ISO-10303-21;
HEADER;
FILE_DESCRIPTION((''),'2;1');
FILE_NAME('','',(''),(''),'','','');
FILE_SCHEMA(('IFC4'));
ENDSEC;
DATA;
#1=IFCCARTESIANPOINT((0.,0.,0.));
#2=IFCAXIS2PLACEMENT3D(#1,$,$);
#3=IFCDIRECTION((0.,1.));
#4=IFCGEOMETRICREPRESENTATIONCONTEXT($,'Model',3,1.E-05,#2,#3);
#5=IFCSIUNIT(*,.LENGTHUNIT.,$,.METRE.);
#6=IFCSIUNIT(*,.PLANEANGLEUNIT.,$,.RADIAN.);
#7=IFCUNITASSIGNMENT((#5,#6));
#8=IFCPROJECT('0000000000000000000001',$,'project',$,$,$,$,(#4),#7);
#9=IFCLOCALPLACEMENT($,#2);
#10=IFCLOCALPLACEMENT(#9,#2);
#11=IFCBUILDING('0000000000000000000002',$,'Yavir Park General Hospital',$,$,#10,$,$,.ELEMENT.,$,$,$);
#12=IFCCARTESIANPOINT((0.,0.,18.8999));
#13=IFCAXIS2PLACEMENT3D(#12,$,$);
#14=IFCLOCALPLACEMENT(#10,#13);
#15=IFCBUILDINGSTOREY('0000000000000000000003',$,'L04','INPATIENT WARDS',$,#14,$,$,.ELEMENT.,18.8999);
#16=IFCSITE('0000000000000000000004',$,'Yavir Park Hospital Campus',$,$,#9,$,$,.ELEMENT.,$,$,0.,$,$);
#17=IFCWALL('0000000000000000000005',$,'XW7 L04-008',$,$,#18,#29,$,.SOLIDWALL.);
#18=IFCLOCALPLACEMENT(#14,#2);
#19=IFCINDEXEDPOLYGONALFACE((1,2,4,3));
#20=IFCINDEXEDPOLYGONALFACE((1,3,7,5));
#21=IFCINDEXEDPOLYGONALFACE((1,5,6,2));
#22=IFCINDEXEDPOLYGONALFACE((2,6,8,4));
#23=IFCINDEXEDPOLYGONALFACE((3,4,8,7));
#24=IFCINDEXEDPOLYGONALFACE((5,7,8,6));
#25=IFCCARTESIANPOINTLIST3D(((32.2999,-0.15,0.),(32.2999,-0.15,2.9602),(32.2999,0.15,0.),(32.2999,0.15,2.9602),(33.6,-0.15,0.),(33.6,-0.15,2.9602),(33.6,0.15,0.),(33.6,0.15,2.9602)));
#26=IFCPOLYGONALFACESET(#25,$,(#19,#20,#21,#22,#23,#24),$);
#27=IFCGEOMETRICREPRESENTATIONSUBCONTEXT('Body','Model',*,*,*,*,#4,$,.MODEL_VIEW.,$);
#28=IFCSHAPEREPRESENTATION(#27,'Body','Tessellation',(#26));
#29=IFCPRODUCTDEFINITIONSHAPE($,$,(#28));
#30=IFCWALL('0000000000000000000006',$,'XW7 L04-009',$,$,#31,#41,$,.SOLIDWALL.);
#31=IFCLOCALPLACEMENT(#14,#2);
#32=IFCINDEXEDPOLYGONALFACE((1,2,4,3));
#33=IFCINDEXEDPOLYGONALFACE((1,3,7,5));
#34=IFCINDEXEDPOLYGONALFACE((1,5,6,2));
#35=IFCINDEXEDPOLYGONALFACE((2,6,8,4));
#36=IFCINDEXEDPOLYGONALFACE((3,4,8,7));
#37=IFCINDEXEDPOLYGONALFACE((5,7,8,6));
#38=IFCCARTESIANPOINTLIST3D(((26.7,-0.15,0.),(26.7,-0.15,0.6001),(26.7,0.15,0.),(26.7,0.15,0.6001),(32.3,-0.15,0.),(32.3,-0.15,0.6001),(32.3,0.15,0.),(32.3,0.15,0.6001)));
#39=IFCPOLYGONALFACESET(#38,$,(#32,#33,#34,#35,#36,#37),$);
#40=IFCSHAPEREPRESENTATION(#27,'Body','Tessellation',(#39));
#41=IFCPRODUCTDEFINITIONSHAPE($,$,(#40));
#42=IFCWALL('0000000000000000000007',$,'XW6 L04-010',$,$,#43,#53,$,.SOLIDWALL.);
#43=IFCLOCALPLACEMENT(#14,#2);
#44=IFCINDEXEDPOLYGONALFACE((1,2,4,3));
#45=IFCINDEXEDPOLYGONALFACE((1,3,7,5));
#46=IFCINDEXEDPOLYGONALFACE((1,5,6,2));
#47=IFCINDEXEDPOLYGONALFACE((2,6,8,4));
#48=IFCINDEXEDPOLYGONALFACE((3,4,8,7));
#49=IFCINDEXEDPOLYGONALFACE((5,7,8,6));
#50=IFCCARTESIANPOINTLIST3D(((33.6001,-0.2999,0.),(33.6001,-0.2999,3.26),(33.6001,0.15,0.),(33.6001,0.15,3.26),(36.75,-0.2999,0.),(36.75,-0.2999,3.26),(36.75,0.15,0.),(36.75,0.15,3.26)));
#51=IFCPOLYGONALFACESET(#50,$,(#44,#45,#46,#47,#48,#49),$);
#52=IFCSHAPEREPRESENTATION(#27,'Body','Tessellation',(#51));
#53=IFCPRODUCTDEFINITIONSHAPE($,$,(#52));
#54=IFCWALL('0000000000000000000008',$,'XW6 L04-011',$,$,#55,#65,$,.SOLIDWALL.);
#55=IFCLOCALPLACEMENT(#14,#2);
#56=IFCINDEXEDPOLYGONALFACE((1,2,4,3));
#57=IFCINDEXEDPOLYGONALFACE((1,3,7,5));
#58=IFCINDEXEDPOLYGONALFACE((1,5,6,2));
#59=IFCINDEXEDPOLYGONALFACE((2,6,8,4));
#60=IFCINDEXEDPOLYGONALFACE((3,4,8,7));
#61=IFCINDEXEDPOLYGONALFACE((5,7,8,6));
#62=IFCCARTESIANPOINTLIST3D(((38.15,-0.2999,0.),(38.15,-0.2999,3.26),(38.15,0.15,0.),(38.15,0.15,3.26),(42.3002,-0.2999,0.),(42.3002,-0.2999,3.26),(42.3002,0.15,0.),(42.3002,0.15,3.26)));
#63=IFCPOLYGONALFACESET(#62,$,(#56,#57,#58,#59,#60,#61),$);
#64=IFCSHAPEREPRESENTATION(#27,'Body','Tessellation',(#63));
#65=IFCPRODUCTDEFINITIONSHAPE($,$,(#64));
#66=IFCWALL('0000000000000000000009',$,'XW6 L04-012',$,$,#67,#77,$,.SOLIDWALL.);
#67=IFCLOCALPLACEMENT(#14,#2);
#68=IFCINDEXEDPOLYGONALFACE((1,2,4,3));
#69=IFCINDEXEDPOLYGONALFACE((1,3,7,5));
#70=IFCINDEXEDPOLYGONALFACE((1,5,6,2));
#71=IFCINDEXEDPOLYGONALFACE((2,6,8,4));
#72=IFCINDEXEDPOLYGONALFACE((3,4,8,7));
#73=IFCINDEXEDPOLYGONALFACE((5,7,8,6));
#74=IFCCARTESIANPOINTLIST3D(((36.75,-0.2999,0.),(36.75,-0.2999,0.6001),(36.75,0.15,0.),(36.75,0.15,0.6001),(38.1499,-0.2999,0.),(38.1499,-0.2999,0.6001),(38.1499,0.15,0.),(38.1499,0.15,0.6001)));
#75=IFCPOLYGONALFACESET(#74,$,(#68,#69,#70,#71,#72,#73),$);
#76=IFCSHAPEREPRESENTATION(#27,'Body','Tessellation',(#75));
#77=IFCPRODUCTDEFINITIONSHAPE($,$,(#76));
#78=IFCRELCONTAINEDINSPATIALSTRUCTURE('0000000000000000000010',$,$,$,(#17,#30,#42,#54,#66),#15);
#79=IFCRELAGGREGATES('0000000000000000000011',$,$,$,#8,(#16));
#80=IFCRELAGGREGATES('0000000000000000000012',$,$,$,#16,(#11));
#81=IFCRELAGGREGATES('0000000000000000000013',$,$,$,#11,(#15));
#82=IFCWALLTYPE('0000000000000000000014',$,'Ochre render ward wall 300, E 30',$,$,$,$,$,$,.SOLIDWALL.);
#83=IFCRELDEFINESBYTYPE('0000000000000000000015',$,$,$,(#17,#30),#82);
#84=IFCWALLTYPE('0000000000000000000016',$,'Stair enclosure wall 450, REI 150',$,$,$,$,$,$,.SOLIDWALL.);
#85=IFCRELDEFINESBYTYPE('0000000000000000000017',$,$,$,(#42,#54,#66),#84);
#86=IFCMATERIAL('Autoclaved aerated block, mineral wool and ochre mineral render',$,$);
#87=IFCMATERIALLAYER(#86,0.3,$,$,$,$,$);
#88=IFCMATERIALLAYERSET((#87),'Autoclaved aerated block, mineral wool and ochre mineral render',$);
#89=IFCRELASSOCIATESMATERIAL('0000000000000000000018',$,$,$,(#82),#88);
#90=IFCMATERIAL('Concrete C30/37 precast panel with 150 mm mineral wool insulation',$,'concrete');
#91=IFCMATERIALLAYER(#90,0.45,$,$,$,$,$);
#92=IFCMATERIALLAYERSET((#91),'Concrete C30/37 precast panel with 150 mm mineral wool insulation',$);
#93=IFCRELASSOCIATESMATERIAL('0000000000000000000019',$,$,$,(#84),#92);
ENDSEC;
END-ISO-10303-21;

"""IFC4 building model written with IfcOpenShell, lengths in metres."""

from ifc_helpers import new_model, si_unit, direction, frame, frame_2d, origin, place, context, subcontext, project, spatial, rectangle, extrude, material, layer, layer_set, type_object, element, save


model = new_model("IFC4")

# Units and contexts
model_context = context("Model", 3, precision=1e-05, world=origin(), true_north=direction((0.0, 1.0)))
body_context = subcontext(model_context, "Body", "Model", "MODEL_VIEW")
ifc_project = project(units=[si_unit("LENGTHUNIT", "METRE"), si_unit("PLANEANGLEUNIT", "RADIAN")], contexts=[model_context])

# Site, building, storey
site_placement = place(None, origin())
site = spatial("IfcSite", under=ifc_project, at=site_placement, Name="Yavir Park Hospital Campus", CompositionType="ELEMENT", RefElevation=0.0)
building_placement = place(site_placement, origin())
building = spatial("IfcBuilding", under=site, at=building_placement, Name="Yavir Park General Hospital", CompositionType="ELEMENT")
storey_placement = place(building_placement, frame((0.0, 0.0, 18.8999)))
storey = spatial("IfcBuildingStorey", under=building, at=storey_placement, Name="L04", Description="INPATIENT WARDS", CompositionType="ELEMENT", Elevation=18.8999)

# Walls
ifc_material_1 = material(Name="Autoclaved aerated block, mineral wool and ochre mineral render")
ifc_layer_1 = layer(ifc_material_1, 0.3)
ifc_layer_set_1 = layer_set([ifc_layer_1], Name="Autoclaved aerated block, mineral wool and ochre mineral render")
wall_type_1 = type_object("IfcWallType", Name="Ochre render ward wall 300, E 30", PredefinedType="SOLIDWALL", material=ifc_layer_set_1)
wall_1_placement = place(storey_placement, frame((32.3, 0.0, 0.0), z_axis=(0.0, 0.0, 1.0), x_axis=(1.0, 0.0, 0.0)))
element("IfcWall", 1, at=wall_1_placement, inside=storey, type_object=wall_type_1, Name="XW7 L04-008", PredefinedType="SOLIDWALL", context=body_context, shape_type="SweptSolid", body=[
    extrude(rectangle(XDim=1.3, YDim=0.3, at=frame_2d((0.6499, 0.0))), origin(), (0.0, 0.0, 1.0), 2.9602),
])
wall_2_placement = place(storey_placement, frame((26.7, 0.0, 0.0), z_axis=(0.0, 0.0, 1.0), x_axis=(1.0, 0.0, 0.0)))
element("IfcWall", 2, at=wall_2_placement, inside=storey, type_object=wall_type_1, Name="XW7 L04-009", PredefinedType="SOLIDWALL", context=body_context, shape_type="SweptSolid", body=[
    extrude(rectangle(XDim=5.6001, YDim=0.3, at=frame_2d((2.8, 0.0))), origin(), (0.0, 0.0, 1.0), 0.6001),
])
ifc_material_2 = material(Name="Concrete C30/37 precast panel with 150 mm mineral wool insulation", Category="concrete")
ifc_layer_2 = layer(ifc_material_2, 0.45)
ifc_layer_set_2 = layer_set([ifc_layer_2], Name="Concrete C30/37 precast panel with 150 mm mineral wool insulation")
wall_type_2 = type_object("IfcWallType", Name="Stair enclosure wall 450, REI 150", PredefinedType="SOLIDWALL", material=ifc_layer_set_2)
wall_3_placement = place(storey_placement, frame((33.6001, -0.075, 0.0), z_axis=(0.0, 0.0, 1.0), x_axis=(1.0, 0.0, 0.0)))
element("IfcWall", 3, at=wall_3_placement, inside=storey, type_object=wall_type_2, Name="XW6 L04-010", PredefinedType="SOLIDWALL", context=body_context, shape_type="SweptSolid", body=[
    extrude(rectangle(XDim=3.1499, YDim=0.45, at=frame_2d((1.575, 0.0))), origin(), (0.0, 0.0, 1.0), 3.26),
])
wall_4_placement = place(storey_placement, frame((38.1499, -0.075, 0.0), z_axis=(0.0, 0.0, 1.0), x_axis=(1.0, 0.0, 0.0)))
element("IfcWall", 4, at=wall_4_placement, inside=storey, type_object=wall_type_2, Name="XW6 L04-011", PredefinedType="SOLIDWALL", context=body_context, shape_type="SweptSolid", body=[
    extrude(rectangle(XDim=4.1501, YDim=0.45, at=frame_2d((2.0752, 0.0))), origin(), (0.0, 0.0, 1.0), 3.26),
])
wall_5_placement = place(storey_placement, frame((36.75, -0.075, 0.0), z_axis=(0.0, 0.0, 1.0), x_axis=(1.0, 0.0, 0.0)))
element("IfcWall", 5, at=wall_5_placement, inside=storey, type_object=wall_type_2, Name="XW6 L04-012", PredefinedType="SOLIDWALL", context=body_context, shape_type="SweptSolid", body=[
    extrude(rectangle(XDim=1.3999, YDim=0.45, at=frame_2d((0.7, 0.0))), origin(), (0.0, 0.0, 1.0), 0.6001),
])

save(model, "model.ifc")
